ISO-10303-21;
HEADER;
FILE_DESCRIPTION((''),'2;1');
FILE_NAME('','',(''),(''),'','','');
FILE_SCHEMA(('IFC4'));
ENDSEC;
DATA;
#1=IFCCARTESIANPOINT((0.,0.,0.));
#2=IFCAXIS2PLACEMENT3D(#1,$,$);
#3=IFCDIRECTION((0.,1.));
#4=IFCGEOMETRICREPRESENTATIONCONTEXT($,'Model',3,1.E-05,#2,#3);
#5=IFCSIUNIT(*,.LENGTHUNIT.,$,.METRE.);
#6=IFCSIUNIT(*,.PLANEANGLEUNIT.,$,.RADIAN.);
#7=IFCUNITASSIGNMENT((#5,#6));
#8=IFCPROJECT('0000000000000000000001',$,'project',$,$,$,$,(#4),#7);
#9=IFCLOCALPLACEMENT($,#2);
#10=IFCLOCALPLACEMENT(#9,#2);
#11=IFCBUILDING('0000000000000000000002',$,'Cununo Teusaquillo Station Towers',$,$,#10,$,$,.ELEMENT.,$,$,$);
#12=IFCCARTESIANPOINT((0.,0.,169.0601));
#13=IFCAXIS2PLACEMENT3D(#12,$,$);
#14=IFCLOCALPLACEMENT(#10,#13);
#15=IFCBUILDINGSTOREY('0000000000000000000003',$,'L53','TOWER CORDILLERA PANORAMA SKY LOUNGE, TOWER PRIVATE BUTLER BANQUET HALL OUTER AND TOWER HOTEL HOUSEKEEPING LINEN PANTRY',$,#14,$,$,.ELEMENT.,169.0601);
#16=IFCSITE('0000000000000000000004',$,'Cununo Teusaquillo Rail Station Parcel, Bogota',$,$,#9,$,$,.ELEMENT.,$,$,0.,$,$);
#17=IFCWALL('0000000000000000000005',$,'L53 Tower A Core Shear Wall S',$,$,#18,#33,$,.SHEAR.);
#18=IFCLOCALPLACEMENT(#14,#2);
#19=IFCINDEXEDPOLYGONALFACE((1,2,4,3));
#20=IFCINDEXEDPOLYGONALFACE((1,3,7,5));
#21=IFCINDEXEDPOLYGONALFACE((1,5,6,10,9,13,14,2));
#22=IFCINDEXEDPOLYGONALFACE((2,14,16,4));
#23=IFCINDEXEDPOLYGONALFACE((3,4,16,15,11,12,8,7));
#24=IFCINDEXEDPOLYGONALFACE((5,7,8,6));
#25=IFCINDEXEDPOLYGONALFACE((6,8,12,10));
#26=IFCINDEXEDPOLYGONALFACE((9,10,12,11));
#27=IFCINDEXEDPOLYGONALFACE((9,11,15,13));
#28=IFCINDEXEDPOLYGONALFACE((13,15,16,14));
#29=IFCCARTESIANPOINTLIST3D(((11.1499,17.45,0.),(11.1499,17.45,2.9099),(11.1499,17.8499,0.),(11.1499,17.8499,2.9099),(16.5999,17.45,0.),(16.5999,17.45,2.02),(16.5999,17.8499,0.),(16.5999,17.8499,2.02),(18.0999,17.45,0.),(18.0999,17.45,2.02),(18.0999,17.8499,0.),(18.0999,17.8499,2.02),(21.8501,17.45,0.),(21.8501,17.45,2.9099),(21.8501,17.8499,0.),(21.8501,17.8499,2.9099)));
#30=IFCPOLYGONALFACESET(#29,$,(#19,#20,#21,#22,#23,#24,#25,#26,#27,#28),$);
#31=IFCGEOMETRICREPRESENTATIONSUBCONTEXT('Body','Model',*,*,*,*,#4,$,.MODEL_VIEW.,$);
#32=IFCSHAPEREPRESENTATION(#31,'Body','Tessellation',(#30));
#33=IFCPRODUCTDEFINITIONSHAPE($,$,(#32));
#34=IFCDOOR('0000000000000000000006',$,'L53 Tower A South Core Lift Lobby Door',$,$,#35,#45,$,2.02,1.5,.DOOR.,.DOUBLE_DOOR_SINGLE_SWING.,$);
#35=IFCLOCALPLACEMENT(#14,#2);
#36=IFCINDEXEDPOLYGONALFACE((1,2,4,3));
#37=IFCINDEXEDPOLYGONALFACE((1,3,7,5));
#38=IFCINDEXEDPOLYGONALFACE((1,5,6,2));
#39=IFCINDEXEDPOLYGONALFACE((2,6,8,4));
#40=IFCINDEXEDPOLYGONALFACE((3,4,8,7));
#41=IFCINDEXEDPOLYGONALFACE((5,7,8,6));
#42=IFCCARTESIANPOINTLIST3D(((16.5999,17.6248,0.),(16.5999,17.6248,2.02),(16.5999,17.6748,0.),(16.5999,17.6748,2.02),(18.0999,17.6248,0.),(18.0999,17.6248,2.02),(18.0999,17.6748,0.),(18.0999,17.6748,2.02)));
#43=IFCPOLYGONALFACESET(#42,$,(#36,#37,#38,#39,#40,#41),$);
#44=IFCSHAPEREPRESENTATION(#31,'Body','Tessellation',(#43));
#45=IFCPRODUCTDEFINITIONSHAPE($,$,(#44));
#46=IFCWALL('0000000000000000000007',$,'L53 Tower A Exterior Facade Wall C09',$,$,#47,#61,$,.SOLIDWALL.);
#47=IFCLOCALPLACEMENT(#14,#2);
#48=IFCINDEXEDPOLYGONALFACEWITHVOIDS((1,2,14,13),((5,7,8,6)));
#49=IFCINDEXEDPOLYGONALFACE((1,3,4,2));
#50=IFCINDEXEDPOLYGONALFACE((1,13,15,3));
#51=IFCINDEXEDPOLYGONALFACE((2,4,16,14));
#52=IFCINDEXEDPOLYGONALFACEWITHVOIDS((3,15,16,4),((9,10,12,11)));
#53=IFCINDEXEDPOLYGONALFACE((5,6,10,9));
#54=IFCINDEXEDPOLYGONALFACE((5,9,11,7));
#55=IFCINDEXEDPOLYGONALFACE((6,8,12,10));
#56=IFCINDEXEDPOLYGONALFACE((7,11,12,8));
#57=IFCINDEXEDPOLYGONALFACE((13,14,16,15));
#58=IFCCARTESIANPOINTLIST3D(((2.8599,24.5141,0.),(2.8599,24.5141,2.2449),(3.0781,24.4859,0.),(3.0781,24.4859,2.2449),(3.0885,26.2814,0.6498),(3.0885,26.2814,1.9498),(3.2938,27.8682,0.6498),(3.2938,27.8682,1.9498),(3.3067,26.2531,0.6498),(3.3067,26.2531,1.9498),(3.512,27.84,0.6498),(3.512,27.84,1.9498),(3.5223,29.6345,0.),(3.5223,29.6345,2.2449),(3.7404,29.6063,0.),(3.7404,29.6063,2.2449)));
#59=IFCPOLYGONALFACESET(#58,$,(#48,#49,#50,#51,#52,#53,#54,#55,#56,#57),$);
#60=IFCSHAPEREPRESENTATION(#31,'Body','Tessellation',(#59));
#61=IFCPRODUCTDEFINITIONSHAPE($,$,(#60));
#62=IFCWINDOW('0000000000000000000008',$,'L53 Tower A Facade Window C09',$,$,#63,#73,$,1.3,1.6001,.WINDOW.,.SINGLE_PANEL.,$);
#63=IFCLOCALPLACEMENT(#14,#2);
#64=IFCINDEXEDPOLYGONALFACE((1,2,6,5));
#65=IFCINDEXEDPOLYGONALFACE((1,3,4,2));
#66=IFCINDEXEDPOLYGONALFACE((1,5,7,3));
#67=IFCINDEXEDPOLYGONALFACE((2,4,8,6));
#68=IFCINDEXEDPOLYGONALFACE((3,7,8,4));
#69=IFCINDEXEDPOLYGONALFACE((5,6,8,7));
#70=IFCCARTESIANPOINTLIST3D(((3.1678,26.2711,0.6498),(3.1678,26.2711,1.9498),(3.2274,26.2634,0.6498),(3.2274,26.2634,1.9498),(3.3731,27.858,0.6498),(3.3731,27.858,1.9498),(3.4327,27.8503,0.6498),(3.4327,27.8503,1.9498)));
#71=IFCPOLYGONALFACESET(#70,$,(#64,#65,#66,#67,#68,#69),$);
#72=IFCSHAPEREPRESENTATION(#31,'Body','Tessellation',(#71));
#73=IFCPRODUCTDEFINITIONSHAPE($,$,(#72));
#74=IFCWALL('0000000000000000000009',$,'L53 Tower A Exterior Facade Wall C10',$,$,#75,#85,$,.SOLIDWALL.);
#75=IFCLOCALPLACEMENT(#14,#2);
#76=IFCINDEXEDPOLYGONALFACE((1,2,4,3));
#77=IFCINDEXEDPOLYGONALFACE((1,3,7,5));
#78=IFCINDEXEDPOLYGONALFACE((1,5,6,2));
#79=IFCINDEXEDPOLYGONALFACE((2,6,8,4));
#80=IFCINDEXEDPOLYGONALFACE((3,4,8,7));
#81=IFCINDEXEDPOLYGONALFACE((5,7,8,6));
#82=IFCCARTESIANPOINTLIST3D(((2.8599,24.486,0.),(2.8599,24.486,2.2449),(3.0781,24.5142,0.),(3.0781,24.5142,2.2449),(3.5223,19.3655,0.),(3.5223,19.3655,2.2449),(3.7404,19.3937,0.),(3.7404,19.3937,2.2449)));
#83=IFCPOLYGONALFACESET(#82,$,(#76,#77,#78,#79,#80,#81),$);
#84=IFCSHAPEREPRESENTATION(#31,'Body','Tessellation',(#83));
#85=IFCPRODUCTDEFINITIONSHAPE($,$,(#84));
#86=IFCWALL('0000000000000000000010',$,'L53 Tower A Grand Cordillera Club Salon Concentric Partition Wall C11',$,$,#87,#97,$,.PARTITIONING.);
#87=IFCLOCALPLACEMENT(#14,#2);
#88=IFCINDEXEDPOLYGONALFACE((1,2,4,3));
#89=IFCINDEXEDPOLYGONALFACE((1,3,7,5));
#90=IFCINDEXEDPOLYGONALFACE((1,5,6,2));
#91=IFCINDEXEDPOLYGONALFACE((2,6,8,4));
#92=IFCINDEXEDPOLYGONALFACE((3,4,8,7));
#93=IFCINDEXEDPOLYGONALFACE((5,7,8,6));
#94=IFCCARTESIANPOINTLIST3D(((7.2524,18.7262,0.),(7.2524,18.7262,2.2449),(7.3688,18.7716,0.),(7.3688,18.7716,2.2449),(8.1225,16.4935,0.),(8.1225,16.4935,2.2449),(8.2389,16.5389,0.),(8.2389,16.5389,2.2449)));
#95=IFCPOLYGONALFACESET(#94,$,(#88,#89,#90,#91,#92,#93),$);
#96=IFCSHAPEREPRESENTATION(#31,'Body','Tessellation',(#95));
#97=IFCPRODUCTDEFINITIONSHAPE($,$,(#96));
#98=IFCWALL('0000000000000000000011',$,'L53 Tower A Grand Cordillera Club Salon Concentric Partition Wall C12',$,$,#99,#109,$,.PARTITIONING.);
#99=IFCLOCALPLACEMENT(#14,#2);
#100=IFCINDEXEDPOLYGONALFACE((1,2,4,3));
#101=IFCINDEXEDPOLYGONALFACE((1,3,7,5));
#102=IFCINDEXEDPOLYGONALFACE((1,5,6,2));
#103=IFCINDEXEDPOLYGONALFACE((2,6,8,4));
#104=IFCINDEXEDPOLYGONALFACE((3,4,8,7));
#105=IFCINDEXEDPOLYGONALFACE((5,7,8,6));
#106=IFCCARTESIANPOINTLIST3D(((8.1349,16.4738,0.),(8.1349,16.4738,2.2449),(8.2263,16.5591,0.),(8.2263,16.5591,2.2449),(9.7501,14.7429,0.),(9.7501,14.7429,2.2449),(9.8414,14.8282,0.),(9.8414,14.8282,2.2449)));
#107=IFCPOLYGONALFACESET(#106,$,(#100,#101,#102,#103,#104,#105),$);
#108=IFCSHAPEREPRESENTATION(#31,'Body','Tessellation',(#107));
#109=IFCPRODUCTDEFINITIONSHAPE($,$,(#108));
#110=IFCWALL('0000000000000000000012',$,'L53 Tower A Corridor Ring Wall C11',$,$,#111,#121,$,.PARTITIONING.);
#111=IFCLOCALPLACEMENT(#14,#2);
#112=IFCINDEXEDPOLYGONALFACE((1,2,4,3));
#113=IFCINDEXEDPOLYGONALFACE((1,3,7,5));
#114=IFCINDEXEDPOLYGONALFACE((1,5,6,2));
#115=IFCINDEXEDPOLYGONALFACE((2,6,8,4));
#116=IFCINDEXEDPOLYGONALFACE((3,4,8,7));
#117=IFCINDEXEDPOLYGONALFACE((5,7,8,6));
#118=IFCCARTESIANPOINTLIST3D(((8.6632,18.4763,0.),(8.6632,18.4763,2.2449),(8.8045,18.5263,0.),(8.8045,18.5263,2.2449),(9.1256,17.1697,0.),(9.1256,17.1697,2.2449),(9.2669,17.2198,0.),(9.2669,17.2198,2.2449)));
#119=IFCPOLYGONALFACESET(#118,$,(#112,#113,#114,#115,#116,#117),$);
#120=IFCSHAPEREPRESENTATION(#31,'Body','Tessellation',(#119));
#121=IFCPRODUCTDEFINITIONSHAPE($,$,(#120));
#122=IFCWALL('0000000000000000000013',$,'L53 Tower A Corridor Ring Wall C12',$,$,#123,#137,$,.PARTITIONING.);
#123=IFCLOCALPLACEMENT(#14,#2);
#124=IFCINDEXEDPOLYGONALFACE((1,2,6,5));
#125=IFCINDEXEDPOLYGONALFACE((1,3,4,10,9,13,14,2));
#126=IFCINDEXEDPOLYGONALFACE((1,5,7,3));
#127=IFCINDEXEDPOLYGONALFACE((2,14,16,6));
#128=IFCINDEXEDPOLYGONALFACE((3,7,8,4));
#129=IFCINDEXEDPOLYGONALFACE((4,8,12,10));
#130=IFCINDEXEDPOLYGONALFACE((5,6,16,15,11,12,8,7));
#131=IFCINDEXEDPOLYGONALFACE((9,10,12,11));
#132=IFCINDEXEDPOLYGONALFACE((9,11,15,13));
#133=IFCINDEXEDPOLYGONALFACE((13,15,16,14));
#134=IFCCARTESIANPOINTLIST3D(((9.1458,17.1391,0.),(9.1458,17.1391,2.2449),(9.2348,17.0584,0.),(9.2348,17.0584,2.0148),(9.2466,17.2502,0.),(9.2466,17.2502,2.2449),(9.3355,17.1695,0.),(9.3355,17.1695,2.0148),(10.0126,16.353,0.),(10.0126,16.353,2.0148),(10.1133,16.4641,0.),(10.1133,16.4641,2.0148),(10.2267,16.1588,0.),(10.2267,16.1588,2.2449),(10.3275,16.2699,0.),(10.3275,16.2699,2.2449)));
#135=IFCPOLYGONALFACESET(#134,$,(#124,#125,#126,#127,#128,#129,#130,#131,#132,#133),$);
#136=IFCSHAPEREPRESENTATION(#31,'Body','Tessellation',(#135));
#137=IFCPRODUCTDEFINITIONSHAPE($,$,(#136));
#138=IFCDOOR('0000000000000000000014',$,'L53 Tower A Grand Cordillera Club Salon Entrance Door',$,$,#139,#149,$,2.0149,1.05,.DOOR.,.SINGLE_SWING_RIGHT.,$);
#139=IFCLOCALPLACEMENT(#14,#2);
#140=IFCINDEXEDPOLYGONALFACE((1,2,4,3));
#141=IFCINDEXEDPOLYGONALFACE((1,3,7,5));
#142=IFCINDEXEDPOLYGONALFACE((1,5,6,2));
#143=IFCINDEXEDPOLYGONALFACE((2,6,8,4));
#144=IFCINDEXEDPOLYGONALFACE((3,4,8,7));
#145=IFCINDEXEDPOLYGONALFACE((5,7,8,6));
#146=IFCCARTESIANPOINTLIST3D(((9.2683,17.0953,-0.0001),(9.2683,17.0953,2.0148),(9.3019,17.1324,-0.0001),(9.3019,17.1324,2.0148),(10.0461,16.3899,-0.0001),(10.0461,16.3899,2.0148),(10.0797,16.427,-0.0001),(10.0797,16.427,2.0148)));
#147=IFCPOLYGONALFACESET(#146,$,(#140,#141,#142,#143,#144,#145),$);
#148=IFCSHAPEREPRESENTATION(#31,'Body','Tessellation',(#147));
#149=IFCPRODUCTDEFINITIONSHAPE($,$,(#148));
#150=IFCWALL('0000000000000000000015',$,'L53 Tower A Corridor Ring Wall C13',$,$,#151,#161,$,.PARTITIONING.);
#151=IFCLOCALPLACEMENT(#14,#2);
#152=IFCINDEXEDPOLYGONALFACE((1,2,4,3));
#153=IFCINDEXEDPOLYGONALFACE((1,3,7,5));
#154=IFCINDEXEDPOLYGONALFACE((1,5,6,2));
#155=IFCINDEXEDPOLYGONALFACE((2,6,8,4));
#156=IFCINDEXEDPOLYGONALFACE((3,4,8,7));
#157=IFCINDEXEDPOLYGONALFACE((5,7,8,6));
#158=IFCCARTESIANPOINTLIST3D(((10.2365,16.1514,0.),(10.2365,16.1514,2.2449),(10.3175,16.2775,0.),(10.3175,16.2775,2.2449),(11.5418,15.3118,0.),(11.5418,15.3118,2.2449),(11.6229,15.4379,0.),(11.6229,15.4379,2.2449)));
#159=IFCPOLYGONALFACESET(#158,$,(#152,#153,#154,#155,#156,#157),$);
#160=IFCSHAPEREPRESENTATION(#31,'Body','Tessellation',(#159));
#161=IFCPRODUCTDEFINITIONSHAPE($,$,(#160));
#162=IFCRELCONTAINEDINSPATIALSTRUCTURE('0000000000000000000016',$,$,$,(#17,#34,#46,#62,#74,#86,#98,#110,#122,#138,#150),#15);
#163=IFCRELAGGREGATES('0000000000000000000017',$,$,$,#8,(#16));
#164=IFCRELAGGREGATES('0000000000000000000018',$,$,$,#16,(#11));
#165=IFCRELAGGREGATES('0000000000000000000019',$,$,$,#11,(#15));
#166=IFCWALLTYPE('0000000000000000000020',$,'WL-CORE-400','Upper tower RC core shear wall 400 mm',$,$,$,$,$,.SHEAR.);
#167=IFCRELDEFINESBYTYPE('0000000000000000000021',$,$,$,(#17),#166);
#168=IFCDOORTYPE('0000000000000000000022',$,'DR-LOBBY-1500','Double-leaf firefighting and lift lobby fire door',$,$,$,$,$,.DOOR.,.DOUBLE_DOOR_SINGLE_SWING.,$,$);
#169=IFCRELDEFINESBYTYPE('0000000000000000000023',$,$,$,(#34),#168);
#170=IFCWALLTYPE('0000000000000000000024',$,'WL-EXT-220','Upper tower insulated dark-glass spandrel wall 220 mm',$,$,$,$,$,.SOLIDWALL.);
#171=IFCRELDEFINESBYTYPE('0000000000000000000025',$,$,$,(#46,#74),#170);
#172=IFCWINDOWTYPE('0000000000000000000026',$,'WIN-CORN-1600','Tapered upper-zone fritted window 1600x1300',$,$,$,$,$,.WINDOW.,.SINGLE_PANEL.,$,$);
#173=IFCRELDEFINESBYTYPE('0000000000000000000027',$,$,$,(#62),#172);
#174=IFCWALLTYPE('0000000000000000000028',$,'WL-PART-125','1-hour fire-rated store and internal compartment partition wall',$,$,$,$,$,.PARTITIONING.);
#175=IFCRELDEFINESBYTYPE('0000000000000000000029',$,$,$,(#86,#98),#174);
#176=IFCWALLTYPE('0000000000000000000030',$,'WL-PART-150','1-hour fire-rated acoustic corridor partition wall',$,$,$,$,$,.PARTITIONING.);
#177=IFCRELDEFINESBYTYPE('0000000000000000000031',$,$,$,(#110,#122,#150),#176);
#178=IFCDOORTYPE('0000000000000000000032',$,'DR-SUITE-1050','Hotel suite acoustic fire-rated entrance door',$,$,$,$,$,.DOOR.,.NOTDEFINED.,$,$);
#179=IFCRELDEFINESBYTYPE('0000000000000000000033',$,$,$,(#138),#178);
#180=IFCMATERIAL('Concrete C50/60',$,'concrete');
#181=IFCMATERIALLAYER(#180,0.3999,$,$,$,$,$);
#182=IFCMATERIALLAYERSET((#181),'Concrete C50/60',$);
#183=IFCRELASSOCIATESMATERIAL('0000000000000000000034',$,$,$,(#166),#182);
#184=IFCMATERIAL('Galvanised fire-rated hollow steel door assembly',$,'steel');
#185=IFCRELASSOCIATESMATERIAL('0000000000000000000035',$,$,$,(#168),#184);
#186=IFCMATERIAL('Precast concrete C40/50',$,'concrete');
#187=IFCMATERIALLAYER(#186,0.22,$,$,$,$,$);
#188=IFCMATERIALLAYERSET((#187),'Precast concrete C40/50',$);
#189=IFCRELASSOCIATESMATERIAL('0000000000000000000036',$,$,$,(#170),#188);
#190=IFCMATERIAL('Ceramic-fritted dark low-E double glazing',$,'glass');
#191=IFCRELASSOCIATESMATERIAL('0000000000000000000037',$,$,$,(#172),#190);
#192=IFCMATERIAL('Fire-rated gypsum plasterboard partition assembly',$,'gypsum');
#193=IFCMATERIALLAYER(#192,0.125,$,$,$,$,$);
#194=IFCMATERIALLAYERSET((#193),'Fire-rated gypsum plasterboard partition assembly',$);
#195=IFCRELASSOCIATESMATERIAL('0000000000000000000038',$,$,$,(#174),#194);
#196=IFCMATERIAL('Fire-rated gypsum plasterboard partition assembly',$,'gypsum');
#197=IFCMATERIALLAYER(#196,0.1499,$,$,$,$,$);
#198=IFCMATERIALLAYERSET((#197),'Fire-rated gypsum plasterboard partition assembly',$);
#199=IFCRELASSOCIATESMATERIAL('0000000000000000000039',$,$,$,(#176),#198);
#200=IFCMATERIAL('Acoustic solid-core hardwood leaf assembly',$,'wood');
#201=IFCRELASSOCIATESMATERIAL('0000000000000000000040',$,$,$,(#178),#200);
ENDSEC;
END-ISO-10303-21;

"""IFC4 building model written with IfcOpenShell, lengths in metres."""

from ifc_helpers import new_model, si_unit, direction, frame, frame_2d, origin, place, context, subcontext, project, spatial, rectangle, extrude, source, transform, mapped, material, layer, layer_set, type_object, element, fill, save


model = new_model("IFC4")

# Units and contexts
model_context = context("Model", 3, precision=1e-05, world=origin(), true_north=direction((0.0, 1.0)))
body_context = subcontext(model_context, "Body", "Model", "MODEL_VIEW")
ifc_project = project(units=[si_unit("LENGTHUNIT", "METRE"), si_unit("PLANEANGLEUNIT", "RADIAN")], contexts=[model_context])

# Site, building, storey
site_placement = place(None, origin())
site = spatial("IfcSite", under=ifc_project, at=site_placement, Name="Cununo Teusaquillo Rail Station Parcel, Bogota", CompositionType="ELEMENT", RefElevation=0.0)
building_placement = place(site_placement, origin())
building = spatial("IfcBuilding", under=site, at=building_placement, Name="Cununo Teusaquillo Station Towers", CompositionType="ELEMENT")
storey_placement = place(building_placement, frame((0.0, 0.0, 169.0601)))
storey = spatial("IfcBuildingStorey", under=building, at=storey_placement, Name="L53", Description="TOWER CORDILLERA PANORAMA SKY LOUNGE, TOWER PRIVATE BUTLER BANQUET HALL OUTER AND TOWER HOTEL HOUSEKEEPING LINEN PANTRY", CompositionType="ELEMENT", Elevation=169.0601)

# Shared definitions
ifc_material_1 = material(Name="Concrete C50/60", Category="concrete")
ifc_layer_1 = layer(ifc_material_1, 0.3999)
ifc_layer_set_1 = layer_set([ifc_layer_1], Name="Concrete C50/60")
wall_type_1 = type_object("IfcWallType", Name="WL-CORE-400", Description="Upper tower RC core shear wall 400 mm", PredefinedType="SHEAR", material=ifc_layer_set_1)

# Wall, opening, door
wall_1_placement = place(storey_placement, frame((11.1499, 17.6499, 0.0), z_axis=(0.0, 0.0, 1.0), x_axis=(1.0, 0.0, 0.0)))
wall_1 = element("IfcWall", 1, at=wall_1_placement, inside=storey, type_object=wall_type_1, Name="L53 Tower A Core Shear Wall S", PredefinedType="SHEAR", context=body_context, shape_type="SweptSolid", body=[
    extrude(rectangle(XDim=10.7002, YDim=0.3999, at=frame_2d((5.3501, 0.0))), origin(), (0.0, 0.0, 1.0), 2.9099),
])
shared_shape_1 = source(origin(), body_context, "Body", "SweptSolid", [
    extrude(rectangle(XDim=1.5, YDim=2.02, at=frame_2d((0.75, 1.01))), frame((0.0, 0.21, 0.0), z_axis=(0.0, -1.0, 0.0), x_axis=(1.0, 0.0, 0.0)), (0.0, 0.0, 1.0), 0.4199),
])
opening_1_placement = place(wall_1_placement, frame((5.45, 0.0, 0.0)))
opening_1 = element("IfcOpeningElement", 2, at=opening_1_placement, cuts=wall_1, PredefinedType="OPENING", context=body_context, shape_type="MappedRepresentation", body=[
    mapped(shared_shape_1, transform((0.0, 0.0, 0.0), x_axis=(1.0, 0.0, 0.0), y_axis=(0.0, 1.0, 0.0), z_axis=(0.0, 0.0, 1.0), scale=1.0)),
])
ifc_material_2 = material(Name="Galvanised fire-rated hollow steel door assembly", Category="steel")
door_type_1 = type_object("IfcDoorType", Name="DR-LOBBY-1500", Description="Double-leaf firefighting and lift lobby fire door", OperationType="DOUBLE_DOOR_SINGLE_SWING", PredefinedType="DOOR", material=ifc_material_2)
shared_shape_2 = source(origin(), body_context, "Body", "SweptSolid", [
    extrude(rectangle(XDim=1.5, YDim=2.02, at=frame_2d((0.75, 1.01))), frame((0.0, 0.0249, 0.0), z_axis=(0.0, -1.0, 0.0), x_axis=(1.0, 0.0, 0.0)), (0.0, 0.0, 1.0), 0.05),
])
door_1_placement = place(opening_1_placement, origin())
door_1 = element("IfcDoor", 3, at=door_1_placement, inside=storey, type_object=door_type_1, Name="L53 Tower A South Core Lift Lobby Door", OperationType="DOUBLE_DOOR_SINGLE_SWING", OverallHeight=2.02, OverallWidth=1.5, PredefinedType="DOOR", context=body_context, shape_type="MappedRepresentation", body=[
    mapped(shared_shape_2, transform((0.0, 0.0, 0.0), x_axis=(1.0, 0.0, 0.0), y_axis=(0.0, 1.0, 0.0), z_axis=(0.0, 0.0, 1.0), scale=1.0)),
])
fill(opening_1, door_1)

# Wall, opening, window
ifc_material_3 = material(Name="Precast concrete C40/50", Category="concrete")
ifc_layer_2 = layer(ifc_material_3, 0.22)
ifc_layer_set_2 = layer_set([ifc_layer_2], Name="Precast concrete C40/50")
wall_type_2 = type_object("IfcWallType", Name="WL-EXT-220", Description="Upper tower insulated dark-glass spandrel wall 220 mm", PredefinedType="SOLIDWALL", material=ifc_layer_set_2)
wall_2_placement = place(storey_placement, frame((2.969, 24.5, 0.0), z_axis=(0.0, 0.0, 1.0), x_axis=(0.128288, 0.991737, 0.0)))
wall_2 = element("IfcWall", 4, at=wall_2_placement, inside=storey, type_object=wall_type_2, Name="L53 Tower A Exterior Facade Wall C09", PredefinedType="SOLIDWALL", context=body_context, shape_type="SweptSolid", body=[
    extrude(rectangle(XDim=5.1631, YDim=0.22, at=frame_2d((2.5815, 0.0))), origin(), (0.0, 0.0, 1.0), 2.2449),
])
shared_shape_3 = source(origin(), body_context, "Body", "SweptSolid", [
    extrude(rectangle(XDim=1.6001, YDim=1.3, at=frame_2d((0.8, 0.6499))), frame((0.0, 0.1199, 0.0), z_axis=(0.0, -1.0, 0.0), x_axis=(1.0, 0.0, 0.0)), (0.0, 0.0, 1.0), 0.24),
])
opening_2_placement = place(wall_2_placement, frame((1.782, 0.0, 0.6499)))
opening_2 = element("IfcOpeningElement", 5, at=opening_2_placement, cuts=wall_2, PredefinedType="OPENING", context=body_context, shape_type="MappedRepresentation", body=[
    mapped(shared_shape_3, transform((0.0, 0.0, 0.0), x_axis=(1.0, 0.0, 0.0), y_axis=(0.0, 1.0, 0.0), z_axis=(0.0, 0.0, 1.0), scale=1.0)),
])
ifc_material_4 = material(Name="Ceramic-fritted dark low-E double glazing", Category="glass")
window_type = type_object("IfcWindowType", Name="WIN-CORN-1600", Description="Tapered upper-zone fritted window 1600x1300", PartitioningType="SINGLE_PANEL", PredefinedType="WINDOW", material=ifc_material_4)
shared_shape_4 = source(origin(), body_context, "Body", "SweptSolid", [
    extrude(rectangle(XDim=1.6001, YDim=1.3, at=frame_2d((0.8, 0.6499))), frame((0.0, 0.03, 0.0), z_axis=(0.0, -1.0, 0.0), x_axis=(1.0, 0.0, 0.0)), (0.0, 0.0, 1.0), 0.0601),
])
window_placement = place(opening_2_placement, origin())
window = element("IfcWindow", 6, at=window_placement, inside=storey, type_object=window_type, Name="L53 Tower A Facade Window C09", OverallHeight=1.3, OverallWidth=1.6001, PartitioningType="SINGLE_PANEL", PredefinedType="WINDOW", context=body_context, shape_type="MappedRepresentation", body=[
    mapped(shared_shape_4, transform((0.0, 0.0, 0.0), x_axis=(1.0, 0.0, 0.0), y_axis=(0.0, 1.0, 0.0), z_axis=(0.0, 0.0, 1.0), scale=1.0)),
])
fill(opening_2, window)

# Walls
wall_3_placement = place(storey_placement, frame((3.6313, 19.3796, 0.0), z_axis=(0.0, 0.0, 1.0), x_axis=(-0.128288, 0.991737, 0.0)))
element("IfcWall", 7, at=wall_3_placement, inside=storey, type_object=wall_type_2, Name="L53 Tower A Exterior Facade Wall C10", PredefinedType="SOLIDWALL", context=body_context, shape_type="SweptSolid", body=[
    extrude(rectangle(XDim=5.1631, YDim=0.22, at=frame_2d((2.5815, 0.0))), origin(), (0.0, 0.0, 1.0), 2.2449),
])
ifc_material_5 = material(Name="Fire-rated gypsum plasterboard partition assembly", Category="gypsum")
ifc_layer_3 = layer(ifc_material_5, 0.125)
ifc_layer_set_3 = layer_set([ifc_layer_3], Name="Fire-rated gypsum plasterboard partition assembly")
wall_type_3 = type_object("IfcWallType", Name="WL-PART-125", Description="1-hour fire-rated store and internal compartment partition wall", PredefinedType="PARTITIONING", material=ifc_layer_set_3)
wall_4_placement = place(storey_placement, frame((7.3105, 18.749, 0.0), z_axis=(0.0, 0.0, 1.0), x_axis=(0.36312, -0.931742, 0.0)))
element("IfcWall", 8, at=wall_4_placement, inside=storey, type_object=wall_type_3, Name="L53 Tower A Grand Cordillera Club Salon Concentric Partition Wall C11", PredefinedType="PARTITIONING", context=body_context, shape_type="SweptSolid", body=[
    extrude(rectangle(XDim=2.3962, YDim=0.125, at=frame_2d((1.1982, 0.0))), origin(), (0.0, 0.0, 1.0), 2.2449),
])
wall_5_placement = place(storey_placement, frame((8.1807, 16.5164, 0.0), z_axis=(0.0, 0.0, 1.0), x_axis=(0.682245, -0.731124, 0.0)))
element("IfcWall", 9, at=wall_5_placement, inside=storey, type_object=wall_type_3, Name="L53 Tower A Grand Cordillera Club Salon Concentric Partition Wall C12", PredefinedType="PARTITIONING", context=body_context, shape_type="SweptSolid", body=[
    extrude(rectangle(XDim=2.3674, YDim=0.125, at=frame_2d((1.1836, 0.0))), origin(), (0.0, 0.0, 1.0), 2.2449),
])
ifc_material_6 = material(Name="Fire-rated gypsum plasterboard partition assembly", Category="gypsum")
ifc_layer_4 = layer(ifc_material_6, 0.1499)
ifc_layer_set_4 = layer_set([ifc_layer_4], Name="Fire-rated gypsum plasterboard partition assembly")
wall_type_4 = type_object("IfcWallType", Name="WL-PART-150", Description="1-hour fire-rated acoustic corridor partition wall", PredefinedType="PARTITIONING", material=ifc_layer_set_4)
wall_6_placement = place(storey_placement, frame((8.7339, 18.5012, 0.0), z_axis=(0.0, 0.0, 1.0), x_axis=(0.333612, -0.94271, 0.0)))
element("IfcWall", 10, at=wall_6_placement, inside=storey, type_object=wall_type_4, Name="L53 Tower A Corridor Ring Wall C11", PredefinedType="PARTITIONING", context=body_context, shape_type="SweptSolid", body=[
    extrude(rectangle(XDim=1.386, YDim=0.1499, at=frame_2d((0.6929, 0.0))), origin(), (0.0, 0.0, 1.0), 2.2449),
])

# Wall, opening, door
wall_7_placement = place(storey_placement, frame((9.1963, 17.1946, 0.0), z_axis=(0.0, 0.0, 1.0), x_axis=(0.740735, -0.671798, 0.0)))
wall_7 = element("IfcWall", 11, at=wall_7_placement, inside=storey, type_object=wall_type_4, Name="L53 Tower A Corridor Ring Wall C12", PredefinedType="PARTITIONING", context=body_context, shape_type="SweptSolid", body=[
    extrude(rectangle(XDim=1.4592, YDim=0.1499, at=frame_2d((0.7295, 0.0))), origin(), (0.0, 0.0, 1.0), 2.2449),
])
shared_shape_5 = source(origin(), body_context, "Body", "SweptSolid", [
    extrude(rectangle(XDim=1.05, YDim=2.0149, at=frame_2d((0.5249, 1.0073))), frame((0.0, 0.085, 0.0), z_axis=(0.0, -1.0, 0.0), x_axis=(1.0, 0.0, 0.0)), (0.0, 0.0, 1.0), 0.1699),
])
opening_3_placement = place(wall_7_placement, frame((0.1201, 0.0, 0.0)))
opening_3 = element("IfcOpeningElement", 12, at=opening_3_placement, cuts=wall_7, PredefinedType="OPENING", context=body_context, shape_type="MappedRepresentation", body=[
    mapped(shared_shape_5, transform((0.0, 0.0, 0.0), x_axis=(1.0, 0.0, 0.0), y_axis=(0.0, 1.0, 0.0), z_axis=(0.0, 0.0, 1.0), scale=1.0)),
])
ifc_material_7 = material(Name="Acoustic solid-core hardwood leaf assembly", Category="wood")
door_type_2 = type_object("IfcDoorType", Name="DR-SUITE-1050", Description="Hotel suite acoustic fire-rated entrance door", OperationType="NOTDEFINED", PredefinedType="DOOR", material=ifc_material_7)
shared_shape_6 = source(origin(), body_context, "Body", "SweptSolid", [
    extrude(rectangle(XDim=1.05, YDim=2.0149, at=frame_2d((0.5249, 1.0073))), frame((0.0, 0.0249, 0.0), z_axis=(0.0, -1.0, 0.0), x_axis=(1.0, 0.0, 0.0)), (0.0, 0.0, 1.0), 0.05),
])
door_2_placement = place(opening_3_placement, origin())
door_2 = element("IfcDoor", 13, at=door_2_placement, inside=storey, type_object=door_type_2, Name="L53 Tower A Grand Cordillera Club Salon Entrance Door", OperationType="SINGLE_SWING_RIGHT", OverallHeight=2.0149, OverallWidth=1.05, PredefinedType="DOOR", context=body_context, shape_type="MappedRepresentation", body=[
    mapped(shared_shape_6, transform((0.0, 0.0, 0.0), x_axis=(1.0, 0.0, 0.0), y_axis=(0.0, 1.0, 0.0), z_axis=(0.0, 0.0, 1.0), scale=1.0)),
])
fill(opening_3, door_2)

# Wall
wall_8_placement = place(storey_placement, frame((10.2771, 16.2144, 0.0), z_axis=(0.0, 0.0, 1.0), x_axis=(0.841061, -0.54094, 0.0)))
element("IfcWall", 14, at=wall_8_placement, inside=storey, type_object=wall_type_4, Name="L53 Tower A Corridor Ring Wall C13", PredefinedType="PARTITIONING", context=body_context, shape_type="SweptSolid", body=[
    extrude(rectangle(XDim=1.552, YDim=0.1499, at=frame_2d((0.7759, 0.0))), origin(), (0.0, 0.0, 1.0), 2.2449),
])

save(model, "model.ifc")
